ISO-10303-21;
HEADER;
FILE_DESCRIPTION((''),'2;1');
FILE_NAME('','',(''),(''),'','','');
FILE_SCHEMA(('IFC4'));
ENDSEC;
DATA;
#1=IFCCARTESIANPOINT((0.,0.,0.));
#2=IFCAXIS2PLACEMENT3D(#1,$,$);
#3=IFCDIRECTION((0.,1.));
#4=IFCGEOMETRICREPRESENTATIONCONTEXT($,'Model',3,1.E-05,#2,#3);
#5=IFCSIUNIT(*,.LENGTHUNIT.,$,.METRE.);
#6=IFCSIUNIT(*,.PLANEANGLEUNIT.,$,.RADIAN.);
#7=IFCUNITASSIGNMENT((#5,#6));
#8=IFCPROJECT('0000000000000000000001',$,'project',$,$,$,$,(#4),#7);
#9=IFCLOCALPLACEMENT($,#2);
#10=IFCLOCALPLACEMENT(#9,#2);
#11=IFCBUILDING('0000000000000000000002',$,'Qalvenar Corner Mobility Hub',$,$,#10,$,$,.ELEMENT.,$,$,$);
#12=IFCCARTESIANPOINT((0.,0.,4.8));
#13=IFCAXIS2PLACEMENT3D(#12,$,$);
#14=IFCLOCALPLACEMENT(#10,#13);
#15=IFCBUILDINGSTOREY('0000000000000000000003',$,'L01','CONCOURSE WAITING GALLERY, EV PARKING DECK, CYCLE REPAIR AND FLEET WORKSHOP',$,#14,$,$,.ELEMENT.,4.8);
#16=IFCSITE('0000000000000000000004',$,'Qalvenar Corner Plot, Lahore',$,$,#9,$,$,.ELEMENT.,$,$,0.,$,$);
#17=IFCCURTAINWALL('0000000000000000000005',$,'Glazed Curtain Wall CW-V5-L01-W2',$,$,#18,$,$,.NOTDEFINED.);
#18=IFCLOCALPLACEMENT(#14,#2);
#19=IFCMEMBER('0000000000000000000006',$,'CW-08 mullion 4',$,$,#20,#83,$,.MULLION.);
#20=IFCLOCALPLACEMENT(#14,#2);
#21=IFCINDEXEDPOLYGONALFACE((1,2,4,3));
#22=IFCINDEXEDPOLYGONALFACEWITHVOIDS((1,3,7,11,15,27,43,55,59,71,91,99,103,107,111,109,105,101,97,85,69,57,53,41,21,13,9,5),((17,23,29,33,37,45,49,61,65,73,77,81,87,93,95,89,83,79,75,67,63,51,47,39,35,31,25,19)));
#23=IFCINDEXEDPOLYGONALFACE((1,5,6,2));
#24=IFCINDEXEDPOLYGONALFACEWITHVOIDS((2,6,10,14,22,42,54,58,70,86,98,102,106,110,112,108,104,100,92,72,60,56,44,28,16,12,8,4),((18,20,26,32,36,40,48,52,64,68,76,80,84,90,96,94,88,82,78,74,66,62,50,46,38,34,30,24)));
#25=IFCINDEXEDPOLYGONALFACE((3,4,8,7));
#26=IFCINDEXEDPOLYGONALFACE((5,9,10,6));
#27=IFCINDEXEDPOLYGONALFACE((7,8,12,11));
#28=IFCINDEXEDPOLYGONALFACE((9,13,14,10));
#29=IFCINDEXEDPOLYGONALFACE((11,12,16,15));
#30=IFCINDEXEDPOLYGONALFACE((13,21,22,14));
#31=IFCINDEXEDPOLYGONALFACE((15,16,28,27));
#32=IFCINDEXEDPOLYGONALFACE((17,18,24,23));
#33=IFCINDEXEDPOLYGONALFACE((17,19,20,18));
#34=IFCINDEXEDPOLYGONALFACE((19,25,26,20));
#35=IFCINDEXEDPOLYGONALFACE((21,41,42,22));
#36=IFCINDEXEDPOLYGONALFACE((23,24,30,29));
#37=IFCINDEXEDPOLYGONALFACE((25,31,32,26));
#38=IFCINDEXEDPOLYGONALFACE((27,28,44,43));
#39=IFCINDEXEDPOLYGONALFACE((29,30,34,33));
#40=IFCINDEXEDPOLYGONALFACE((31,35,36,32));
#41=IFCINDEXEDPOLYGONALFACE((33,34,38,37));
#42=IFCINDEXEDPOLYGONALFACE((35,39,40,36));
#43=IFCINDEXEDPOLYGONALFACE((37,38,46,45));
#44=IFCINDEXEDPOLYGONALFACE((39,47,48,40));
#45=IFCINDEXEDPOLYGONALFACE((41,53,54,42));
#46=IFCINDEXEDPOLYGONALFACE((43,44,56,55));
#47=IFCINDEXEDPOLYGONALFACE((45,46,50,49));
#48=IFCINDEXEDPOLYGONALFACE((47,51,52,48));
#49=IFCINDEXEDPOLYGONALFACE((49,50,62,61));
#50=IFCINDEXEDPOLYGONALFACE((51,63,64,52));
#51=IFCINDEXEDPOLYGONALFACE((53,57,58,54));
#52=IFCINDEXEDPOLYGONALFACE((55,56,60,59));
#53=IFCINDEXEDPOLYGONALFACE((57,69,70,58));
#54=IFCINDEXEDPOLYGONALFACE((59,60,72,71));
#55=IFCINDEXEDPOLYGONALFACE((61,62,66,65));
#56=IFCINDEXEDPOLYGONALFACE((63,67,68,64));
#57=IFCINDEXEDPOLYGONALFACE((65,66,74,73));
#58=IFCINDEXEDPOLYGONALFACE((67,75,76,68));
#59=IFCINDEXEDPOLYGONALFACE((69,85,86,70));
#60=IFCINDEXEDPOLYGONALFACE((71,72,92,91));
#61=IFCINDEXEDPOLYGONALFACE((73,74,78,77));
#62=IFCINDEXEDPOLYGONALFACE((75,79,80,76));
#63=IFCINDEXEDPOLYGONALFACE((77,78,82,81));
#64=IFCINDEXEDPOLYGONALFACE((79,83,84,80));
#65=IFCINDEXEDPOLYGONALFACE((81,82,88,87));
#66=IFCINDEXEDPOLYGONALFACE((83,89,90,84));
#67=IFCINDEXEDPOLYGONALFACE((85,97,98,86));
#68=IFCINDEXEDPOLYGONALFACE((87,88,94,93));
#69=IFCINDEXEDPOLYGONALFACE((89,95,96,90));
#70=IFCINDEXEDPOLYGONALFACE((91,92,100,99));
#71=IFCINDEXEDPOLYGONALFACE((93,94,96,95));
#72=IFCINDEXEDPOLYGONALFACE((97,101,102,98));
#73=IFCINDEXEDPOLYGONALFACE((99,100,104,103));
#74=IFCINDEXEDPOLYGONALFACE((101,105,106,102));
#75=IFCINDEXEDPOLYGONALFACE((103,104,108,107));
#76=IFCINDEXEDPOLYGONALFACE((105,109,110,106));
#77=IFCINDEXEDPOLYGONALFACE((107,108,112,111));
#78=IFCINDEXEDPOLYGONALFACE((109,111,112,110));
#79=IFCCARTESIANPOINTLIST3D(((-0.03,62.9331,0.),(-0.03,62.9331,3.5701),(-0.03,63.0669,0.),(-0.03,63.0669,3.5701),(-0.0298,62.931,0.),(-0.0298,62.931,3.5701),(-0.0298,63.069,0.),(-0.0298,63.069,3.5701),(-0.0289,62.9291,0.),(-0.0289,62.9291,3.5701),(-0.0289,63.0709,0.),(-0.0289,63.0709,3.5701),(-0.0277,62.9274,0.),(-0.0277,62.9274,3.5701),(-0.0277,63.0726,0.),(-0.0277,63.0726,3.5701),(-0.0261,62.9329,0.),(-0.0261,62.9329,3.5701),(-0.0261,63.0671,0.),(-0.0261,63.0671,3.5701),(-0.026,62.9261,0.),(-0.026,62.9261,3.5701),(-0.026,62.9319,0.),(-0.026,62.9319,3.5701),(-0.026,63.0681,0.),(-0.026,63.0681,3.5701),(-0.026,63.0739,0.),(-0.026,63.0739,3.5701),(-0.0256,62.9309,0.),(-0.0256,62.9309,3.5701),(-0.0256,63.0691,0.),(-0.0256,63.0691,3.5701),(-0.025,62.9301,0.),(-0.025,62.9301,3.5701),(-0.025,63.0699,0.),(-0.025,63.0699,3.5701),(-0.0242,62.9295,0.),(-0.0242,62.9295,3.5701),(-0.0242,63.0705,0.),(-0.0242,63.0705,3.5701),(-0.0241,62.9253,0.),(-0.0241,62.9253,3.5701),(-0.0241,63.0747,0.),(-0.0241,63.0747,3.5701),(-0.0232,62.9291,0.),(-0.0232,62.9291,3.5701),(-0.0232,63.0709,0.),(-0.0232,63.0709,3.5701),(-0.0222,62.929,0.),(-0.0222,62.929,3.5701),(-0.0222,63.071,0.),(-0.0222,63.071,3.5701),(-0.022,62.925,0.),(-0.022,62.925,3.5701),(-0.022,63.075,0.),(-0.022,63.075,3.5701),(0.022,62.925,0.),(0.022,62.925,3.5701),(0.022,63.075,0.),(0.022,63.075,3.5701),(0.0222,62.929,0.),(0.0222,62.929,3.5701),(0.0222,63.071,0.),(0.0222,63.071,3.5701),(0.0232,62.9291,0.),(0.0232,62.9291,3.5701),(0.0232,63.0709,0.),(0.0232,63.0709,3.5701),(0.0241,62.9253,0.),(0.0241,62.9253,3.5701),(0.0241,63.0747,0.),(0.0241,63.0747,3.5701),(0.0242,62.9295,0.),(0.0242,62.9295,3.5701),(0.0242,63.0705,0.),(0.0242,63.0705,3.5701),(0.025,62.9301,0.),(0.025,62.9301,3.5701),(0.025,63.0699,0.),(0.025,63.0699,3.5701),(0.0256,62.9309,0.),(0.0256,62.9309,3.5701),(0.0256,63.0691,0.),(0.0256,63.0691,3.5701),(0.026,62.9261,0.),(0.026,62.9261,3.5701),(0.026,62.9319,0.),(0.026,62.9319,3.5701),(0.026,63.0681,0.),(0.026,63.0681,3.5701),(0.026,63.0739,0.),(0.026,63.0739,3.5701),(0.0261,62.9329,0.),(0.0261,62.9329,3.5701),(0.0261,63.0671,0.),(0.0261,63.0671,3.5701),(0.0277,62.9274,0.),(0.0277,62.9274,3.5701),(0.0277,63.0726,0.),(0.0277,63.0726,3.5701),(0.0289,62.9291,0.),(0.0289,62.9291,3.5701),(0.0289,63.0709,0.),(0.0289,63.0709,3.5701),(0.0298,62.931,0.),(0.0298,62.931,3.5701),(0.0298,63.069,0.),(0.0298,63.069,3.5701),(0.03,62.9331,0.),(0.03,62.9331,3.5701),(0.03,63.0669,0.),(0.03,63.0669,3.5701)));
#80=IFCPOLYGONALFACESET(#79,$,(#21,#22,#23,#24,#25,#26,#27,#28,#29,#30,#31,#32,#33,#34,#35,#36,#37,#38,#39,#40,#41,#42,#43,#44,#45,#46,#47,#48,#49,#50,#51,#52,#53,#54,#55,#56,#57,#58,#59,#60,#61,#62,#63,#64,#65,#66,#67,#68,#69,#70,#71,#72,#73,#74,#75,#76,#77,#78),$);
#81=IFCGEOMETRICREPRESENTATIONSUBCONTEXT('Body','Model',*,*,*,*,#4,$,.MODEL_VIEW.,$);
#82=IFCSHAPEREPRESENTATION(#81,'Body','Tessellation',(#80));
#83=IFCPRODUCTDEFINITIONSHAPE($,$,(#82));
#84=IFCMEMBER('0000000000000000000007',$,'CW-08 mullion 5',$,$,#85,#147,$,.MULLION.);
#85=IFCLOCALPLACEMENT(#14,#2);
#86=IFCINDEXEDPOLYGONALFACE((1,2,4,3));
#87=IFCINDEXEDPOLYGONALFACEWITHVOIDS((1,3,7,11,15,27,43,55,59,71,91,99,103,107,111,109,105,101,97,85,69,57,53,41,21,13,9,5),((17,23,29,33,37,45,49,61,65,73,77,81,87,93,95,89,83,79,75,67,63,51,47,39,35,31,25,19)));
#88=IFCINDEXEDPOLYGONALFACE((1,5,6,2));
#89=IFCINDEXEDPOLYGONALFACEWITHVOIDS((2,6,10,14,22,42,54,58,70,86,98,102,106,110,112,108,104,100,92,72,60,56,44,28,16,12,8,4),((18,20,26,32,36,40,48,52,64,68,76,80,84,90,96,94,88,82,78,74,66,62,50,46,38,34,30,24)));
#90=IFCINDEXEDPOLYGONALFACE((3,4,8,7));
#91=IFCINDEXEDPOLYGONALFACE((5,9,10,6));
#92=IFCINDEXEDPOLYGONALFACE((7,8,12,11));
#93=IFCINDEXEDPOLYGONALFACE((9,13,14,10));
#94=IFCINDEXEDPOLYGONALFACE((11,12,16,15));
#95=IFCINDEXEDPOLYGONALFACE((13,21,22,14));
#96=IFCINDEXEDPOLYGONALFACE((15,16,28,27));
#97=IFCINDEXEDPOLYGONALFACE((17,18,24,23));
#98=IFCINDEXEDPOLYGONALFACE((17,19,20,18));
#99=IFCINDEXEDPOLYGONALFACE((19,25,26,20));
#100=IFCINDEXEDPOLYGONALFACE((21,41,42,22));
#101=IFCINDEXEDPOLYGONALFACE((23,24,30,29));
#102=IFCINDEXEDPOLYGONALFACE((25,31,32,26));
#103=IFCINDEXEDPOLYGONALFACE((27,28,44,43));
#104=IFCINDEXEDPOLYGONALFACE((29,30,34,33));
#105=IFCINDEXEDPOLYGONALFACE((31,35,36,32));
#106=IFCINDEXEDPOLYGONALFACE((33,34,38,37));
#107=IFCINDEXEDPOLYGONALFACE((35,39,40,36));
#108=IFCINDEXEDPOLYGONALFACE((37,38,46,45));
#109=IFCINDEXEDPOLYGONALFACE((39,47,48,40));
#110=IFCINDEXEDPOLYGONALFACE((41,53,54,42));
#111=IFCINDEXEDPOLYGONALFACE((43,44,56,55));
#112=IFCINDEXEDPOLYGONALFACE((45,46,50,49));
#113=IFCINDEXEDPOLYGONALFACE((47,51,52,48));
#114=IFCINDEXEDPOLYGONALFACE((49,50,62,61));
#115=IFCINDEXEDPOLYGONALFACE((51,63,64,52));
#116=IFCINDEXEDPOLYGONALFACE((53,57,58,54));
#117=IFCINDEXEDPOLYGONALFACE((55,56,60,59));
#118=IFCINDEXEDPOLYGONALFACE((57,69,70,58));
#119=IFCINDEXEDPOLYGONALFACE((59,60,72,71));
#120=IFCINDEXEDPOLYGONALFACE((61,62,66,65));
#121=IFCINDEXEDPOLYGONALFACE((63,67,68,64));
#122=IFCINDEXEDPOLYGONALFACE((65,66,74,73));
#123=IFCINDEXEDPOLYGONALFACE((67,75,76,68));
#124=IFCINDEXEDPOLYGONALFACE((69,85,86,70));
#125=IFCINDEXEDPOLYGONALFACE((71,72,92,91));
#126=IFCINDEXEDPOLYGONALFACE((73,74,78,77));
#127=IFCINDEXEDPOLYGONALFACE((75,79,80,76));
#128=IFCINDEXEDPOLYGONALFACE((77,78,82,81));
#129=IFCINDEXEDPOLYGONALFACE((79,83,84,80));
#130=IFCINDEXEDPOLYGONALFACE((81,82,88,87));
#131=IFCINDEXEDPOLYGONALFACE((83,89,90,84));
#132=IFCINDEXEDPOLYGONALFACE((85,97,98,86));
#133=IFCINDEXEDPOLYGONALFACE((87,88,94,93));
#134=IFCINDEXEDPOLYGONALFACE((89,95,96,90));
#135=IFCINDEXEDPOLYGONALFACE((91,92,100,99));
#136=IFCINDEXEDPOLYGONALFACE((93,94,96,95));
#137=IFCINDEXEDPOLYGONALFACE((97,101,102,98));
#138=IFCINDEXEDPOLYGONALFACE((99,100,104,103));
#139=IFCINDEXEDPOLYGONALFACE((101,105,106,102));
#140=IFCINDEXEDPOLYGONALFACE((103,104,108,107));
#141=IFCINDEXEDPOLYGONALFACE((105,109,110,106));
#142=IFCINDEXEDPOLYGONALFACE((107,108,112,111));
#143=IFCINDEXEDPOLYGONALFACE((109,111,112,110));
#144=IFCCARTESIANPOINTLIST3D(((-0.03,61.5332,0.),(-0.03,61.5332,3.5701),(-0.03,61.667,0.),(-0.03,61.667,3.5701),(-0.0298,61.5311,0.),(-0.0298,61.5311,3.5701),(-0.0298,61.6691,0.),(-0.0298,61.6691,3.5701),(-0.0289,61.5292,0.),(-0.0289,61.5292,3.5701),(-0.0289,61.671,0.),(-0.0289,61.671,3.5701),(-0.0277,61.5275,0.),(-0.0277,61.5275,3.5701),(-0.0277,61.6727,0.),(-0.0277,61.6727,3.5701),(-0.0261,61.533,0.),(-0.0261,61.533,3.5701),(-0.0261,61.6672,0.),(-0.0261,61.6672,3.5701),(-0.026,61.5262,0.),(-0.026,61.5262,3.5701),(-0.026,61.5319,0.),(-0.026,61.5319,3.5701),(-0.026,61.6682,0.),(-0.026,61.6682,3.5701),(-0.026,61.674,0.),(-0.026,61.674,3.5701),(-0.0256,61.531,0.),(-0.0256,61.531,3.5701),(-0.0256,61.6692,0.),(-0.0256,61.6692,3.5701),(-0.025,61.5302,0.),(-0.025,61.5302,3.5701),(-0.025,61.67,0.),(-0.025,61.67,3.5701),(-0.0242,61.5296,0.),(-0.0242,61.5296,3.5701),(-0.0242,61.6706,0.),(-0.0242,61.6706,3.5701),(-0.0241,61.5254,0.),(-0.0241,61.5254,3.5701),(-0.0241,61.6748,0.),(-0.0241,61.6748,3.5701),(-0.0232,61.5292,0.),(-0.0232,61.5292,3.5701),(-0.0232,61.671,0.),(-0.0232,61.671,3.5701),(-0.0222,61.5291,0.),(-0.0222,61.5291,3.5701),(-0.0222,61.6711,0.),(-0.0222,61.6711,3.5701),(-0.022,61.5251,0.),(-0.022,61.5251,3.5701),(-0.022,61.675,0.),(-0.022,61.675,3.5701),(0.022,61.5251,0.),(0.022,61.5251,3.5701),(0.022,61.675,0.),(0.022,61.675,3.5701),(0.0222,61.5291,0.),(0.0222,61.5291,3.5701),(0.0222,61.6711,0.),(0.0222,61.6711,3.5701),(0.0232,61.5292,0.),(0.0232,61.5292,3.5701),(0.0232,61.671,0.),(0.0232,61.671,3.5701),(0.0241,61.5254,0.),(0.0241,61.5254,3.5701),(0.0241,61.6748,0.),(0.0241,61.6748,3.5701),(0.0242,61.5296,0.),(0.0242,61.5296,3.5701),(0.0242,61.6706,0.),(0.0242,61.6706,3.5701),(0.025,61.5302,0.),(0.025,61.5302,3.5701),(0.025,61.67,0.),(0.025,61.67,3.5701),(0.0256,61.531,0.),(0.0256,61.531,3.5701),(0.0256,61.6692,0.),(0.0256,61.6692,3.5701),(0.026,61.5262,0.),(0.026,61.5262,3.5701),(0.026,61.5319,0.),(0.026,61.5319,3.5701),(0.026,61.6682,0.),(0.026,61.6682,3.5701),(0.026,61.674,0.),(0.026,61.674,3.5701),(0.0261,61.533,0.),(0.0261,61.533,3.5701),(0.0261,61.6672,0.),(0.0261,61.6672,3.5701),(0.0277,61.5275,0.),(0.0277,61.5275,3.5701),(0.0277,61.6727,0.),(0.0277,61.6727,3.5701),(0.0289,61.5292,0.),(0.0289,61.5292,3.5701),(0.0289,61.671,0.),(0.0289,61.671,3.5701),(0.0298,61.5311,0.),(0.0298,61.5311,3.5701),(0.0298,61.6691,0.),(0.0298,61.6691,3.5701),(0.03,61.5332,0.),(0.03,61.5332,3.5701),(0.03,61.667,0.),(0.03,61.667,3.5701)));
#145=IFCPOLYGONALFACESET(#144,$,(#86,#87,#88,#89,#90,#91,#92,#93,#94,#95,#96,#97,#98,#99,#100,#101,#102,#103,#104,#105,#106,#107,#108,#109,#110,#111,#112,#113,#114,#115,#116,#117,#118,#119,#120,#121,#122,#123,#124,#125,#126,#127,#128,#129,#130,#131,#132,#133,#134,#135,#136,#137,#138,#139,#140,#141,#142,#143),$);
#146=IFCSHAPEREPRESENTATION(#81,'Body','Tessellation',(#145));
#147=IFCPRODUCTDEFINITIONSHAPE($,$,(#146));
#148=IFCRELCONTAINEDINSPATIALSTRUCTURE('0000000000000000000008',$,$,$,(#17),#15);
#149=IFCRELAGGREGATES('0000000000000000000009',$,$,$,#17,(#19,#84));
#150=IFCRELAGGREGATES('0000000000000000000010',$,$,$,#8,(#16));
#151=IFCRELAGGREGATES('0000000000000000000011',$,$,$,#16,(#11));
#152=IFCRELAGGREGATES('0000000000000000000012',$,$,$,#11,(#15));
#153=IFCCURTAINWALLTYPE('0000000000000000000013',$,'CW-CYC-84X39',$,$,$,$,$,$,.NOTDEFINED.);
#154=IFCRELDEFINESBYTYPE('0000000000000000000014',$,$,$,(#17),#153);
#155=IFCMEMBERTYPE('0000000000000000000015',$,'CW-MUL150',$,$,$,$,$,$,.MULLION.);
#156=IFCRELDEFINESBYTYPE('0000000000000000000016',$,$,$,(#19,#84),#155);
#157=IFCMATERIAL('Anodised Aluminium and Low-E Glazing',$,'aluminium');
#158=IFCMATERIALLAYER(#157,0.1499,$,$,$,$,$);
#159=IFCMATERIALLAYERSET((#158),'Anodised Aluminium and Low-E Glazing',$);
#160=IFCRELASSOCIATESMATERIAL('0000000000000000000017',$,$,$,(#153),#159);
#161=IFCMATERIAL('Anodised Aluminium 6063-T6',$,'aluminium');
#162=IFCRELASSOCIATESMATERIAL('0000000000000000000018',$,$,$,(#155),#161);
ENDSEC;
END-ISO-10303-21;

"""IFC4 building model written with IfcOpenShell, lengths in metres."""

from ifc_helpers import new_model, si_unit, direction, frame, origin, origin_2d, place, context, subcontext, project, spatial, hollow_rectangle, extrude, material, layer, layer_set, material_profile, profile_set, type_object, element, aggregate, save


model = new_model("IFC4")

# Units and contexts
model_context = context("Model", 3, precision=1e-05, world=origin(), true_north=direction((0.0, 1.0)))
body_context = subcontext(model_context, "Body", "Model", "MODEL_VIEW")
ifc_project = project(units=[si_unit("LENGTHUNIT", "METRE"), si_unit("PLANEANGLEUNIT", "RADIAN")], contexts=[model_context])

# Site, building, storey
site_placement = place(None, origin())
site = spatial("IfcSite", under=ifc_project, at=site_placement, Name="Qalvenar Corner Plot, Lahore", CompositionType="ELEMENT", RefElevation=0.0)
building_placement = place(site_placement, origin())
building = spatial("IfcBuilding", under=site, at=building_placement, Name="Qalvenar Corner Mobility Hub", CompositionType="ELEMENT")
storey_placement = place(building_placement, frame((0.0, 0.0, 4.8)))
storey = spatial("IfcBuildingStorey", under=building, at=storey_placement, Name="L01", Description="CONCOURSE WAITING GALLERY, EV PARKING DECK, CYCLE REPAIR AND FLEET WORKSHOP", CompositionType="ELEMENT", Elevation=4.8)

# Curtain wall, members
ifc_material_1 = material(Name="Anodised Aluminium and Low-E Glazing", Category="aluminium")
ifc_layer_1 = layer(ifc_material_1, 0.1499)
ifc_layer_set_1 = layer_set([ifc_layer_1], Name="Anodised Aluminium and Low-E Glazing")
curtain_wall_type = type_object("IfcCurtainWallType", Name="CW-CYC-84X39", PredefinedType="NOTDEFINED", material=ifc_layer_set_1)
curtain_wall_placement = place(storey_placement, origin())
curtain_wall = element("IfcCurtainWall", 1, at=curtain_wall_placement, inside=storey, type_object=curtain_wall_type, Name="Glazed Curtain Wall CW-V5-L01-W2", PredefinedType="NOTDEFINED")
ifc_material_2 = material(Name="Anodised Aluminium 6063-T6", Category="aluminium")
ifc_material_profile_1 = material_profile(ifc_material_2, hollow_rectangle(XDim=0.0601, YDim=0.1499, WallThickness=0.0039, InnerFilletRadius=0.0039, OuterFilletRadius=0.0081, at=origin_2d()), Name="RHS150x60x4")
ifc_profile_set_1 = profile_set([ifc_material_profile_1], Name="Anodised Aluminium 6063-T6")
member_type_1 = type_object("IfcMemberType", Name="CW-MUL150", PredefinedType="MULLION", material=ifc_profile_set_1)
member_1_placement = place(storey_placement, frame((0.0, 63.0, 0.0), z_axis=(0.0, 0.0, 1.0), x_axis=(1.0, 0.0, 0.0)))
member_1 = element("IfcMember", 2, at=member_1_placement, type_object=member_type_1, Name="CW-08 mullion 4", PredefinedType="MULLION", context=body_context, shape_type="SweptSolid", body=[
    extrude(hollow_rectangle(XDim=0.0601, YDim=0.1499, WallThickness=0.0039, InnerFilletRadius=0.0039, OuterFilletRadius=0.0081, at=origin_2d()), origin(), (0.0, 0.0, 1.0), 3.5701),
])
member_2_placement = place(storey_placement, frame((0.0, 61.6001, 0.0), z_axis=(0.0, 0.0, 1.0), x_axis=(1.0, 0.0, 0.0)))
member_2 = element("IfcMember", 3, at=member_2_placement, type_object=member_type_1, Name="CW-08 mullion 5", PredefinedType="MULLION", context=body_context, shape_type="SweptSolid", body=[
    extrude(hollow_rectangle(XDim=0.0601, YDim=0.1499, WallThickness=0.0039, InnerFilletRadius=0.0039, OuterFilletRadius=0.0081, at=origin_2d()), origin(), (0.0, 0.0, 1.0), 3.5701),
])
aggregate(curtain_wall, [member_1, member_2])

save(model, "model.ifc")
